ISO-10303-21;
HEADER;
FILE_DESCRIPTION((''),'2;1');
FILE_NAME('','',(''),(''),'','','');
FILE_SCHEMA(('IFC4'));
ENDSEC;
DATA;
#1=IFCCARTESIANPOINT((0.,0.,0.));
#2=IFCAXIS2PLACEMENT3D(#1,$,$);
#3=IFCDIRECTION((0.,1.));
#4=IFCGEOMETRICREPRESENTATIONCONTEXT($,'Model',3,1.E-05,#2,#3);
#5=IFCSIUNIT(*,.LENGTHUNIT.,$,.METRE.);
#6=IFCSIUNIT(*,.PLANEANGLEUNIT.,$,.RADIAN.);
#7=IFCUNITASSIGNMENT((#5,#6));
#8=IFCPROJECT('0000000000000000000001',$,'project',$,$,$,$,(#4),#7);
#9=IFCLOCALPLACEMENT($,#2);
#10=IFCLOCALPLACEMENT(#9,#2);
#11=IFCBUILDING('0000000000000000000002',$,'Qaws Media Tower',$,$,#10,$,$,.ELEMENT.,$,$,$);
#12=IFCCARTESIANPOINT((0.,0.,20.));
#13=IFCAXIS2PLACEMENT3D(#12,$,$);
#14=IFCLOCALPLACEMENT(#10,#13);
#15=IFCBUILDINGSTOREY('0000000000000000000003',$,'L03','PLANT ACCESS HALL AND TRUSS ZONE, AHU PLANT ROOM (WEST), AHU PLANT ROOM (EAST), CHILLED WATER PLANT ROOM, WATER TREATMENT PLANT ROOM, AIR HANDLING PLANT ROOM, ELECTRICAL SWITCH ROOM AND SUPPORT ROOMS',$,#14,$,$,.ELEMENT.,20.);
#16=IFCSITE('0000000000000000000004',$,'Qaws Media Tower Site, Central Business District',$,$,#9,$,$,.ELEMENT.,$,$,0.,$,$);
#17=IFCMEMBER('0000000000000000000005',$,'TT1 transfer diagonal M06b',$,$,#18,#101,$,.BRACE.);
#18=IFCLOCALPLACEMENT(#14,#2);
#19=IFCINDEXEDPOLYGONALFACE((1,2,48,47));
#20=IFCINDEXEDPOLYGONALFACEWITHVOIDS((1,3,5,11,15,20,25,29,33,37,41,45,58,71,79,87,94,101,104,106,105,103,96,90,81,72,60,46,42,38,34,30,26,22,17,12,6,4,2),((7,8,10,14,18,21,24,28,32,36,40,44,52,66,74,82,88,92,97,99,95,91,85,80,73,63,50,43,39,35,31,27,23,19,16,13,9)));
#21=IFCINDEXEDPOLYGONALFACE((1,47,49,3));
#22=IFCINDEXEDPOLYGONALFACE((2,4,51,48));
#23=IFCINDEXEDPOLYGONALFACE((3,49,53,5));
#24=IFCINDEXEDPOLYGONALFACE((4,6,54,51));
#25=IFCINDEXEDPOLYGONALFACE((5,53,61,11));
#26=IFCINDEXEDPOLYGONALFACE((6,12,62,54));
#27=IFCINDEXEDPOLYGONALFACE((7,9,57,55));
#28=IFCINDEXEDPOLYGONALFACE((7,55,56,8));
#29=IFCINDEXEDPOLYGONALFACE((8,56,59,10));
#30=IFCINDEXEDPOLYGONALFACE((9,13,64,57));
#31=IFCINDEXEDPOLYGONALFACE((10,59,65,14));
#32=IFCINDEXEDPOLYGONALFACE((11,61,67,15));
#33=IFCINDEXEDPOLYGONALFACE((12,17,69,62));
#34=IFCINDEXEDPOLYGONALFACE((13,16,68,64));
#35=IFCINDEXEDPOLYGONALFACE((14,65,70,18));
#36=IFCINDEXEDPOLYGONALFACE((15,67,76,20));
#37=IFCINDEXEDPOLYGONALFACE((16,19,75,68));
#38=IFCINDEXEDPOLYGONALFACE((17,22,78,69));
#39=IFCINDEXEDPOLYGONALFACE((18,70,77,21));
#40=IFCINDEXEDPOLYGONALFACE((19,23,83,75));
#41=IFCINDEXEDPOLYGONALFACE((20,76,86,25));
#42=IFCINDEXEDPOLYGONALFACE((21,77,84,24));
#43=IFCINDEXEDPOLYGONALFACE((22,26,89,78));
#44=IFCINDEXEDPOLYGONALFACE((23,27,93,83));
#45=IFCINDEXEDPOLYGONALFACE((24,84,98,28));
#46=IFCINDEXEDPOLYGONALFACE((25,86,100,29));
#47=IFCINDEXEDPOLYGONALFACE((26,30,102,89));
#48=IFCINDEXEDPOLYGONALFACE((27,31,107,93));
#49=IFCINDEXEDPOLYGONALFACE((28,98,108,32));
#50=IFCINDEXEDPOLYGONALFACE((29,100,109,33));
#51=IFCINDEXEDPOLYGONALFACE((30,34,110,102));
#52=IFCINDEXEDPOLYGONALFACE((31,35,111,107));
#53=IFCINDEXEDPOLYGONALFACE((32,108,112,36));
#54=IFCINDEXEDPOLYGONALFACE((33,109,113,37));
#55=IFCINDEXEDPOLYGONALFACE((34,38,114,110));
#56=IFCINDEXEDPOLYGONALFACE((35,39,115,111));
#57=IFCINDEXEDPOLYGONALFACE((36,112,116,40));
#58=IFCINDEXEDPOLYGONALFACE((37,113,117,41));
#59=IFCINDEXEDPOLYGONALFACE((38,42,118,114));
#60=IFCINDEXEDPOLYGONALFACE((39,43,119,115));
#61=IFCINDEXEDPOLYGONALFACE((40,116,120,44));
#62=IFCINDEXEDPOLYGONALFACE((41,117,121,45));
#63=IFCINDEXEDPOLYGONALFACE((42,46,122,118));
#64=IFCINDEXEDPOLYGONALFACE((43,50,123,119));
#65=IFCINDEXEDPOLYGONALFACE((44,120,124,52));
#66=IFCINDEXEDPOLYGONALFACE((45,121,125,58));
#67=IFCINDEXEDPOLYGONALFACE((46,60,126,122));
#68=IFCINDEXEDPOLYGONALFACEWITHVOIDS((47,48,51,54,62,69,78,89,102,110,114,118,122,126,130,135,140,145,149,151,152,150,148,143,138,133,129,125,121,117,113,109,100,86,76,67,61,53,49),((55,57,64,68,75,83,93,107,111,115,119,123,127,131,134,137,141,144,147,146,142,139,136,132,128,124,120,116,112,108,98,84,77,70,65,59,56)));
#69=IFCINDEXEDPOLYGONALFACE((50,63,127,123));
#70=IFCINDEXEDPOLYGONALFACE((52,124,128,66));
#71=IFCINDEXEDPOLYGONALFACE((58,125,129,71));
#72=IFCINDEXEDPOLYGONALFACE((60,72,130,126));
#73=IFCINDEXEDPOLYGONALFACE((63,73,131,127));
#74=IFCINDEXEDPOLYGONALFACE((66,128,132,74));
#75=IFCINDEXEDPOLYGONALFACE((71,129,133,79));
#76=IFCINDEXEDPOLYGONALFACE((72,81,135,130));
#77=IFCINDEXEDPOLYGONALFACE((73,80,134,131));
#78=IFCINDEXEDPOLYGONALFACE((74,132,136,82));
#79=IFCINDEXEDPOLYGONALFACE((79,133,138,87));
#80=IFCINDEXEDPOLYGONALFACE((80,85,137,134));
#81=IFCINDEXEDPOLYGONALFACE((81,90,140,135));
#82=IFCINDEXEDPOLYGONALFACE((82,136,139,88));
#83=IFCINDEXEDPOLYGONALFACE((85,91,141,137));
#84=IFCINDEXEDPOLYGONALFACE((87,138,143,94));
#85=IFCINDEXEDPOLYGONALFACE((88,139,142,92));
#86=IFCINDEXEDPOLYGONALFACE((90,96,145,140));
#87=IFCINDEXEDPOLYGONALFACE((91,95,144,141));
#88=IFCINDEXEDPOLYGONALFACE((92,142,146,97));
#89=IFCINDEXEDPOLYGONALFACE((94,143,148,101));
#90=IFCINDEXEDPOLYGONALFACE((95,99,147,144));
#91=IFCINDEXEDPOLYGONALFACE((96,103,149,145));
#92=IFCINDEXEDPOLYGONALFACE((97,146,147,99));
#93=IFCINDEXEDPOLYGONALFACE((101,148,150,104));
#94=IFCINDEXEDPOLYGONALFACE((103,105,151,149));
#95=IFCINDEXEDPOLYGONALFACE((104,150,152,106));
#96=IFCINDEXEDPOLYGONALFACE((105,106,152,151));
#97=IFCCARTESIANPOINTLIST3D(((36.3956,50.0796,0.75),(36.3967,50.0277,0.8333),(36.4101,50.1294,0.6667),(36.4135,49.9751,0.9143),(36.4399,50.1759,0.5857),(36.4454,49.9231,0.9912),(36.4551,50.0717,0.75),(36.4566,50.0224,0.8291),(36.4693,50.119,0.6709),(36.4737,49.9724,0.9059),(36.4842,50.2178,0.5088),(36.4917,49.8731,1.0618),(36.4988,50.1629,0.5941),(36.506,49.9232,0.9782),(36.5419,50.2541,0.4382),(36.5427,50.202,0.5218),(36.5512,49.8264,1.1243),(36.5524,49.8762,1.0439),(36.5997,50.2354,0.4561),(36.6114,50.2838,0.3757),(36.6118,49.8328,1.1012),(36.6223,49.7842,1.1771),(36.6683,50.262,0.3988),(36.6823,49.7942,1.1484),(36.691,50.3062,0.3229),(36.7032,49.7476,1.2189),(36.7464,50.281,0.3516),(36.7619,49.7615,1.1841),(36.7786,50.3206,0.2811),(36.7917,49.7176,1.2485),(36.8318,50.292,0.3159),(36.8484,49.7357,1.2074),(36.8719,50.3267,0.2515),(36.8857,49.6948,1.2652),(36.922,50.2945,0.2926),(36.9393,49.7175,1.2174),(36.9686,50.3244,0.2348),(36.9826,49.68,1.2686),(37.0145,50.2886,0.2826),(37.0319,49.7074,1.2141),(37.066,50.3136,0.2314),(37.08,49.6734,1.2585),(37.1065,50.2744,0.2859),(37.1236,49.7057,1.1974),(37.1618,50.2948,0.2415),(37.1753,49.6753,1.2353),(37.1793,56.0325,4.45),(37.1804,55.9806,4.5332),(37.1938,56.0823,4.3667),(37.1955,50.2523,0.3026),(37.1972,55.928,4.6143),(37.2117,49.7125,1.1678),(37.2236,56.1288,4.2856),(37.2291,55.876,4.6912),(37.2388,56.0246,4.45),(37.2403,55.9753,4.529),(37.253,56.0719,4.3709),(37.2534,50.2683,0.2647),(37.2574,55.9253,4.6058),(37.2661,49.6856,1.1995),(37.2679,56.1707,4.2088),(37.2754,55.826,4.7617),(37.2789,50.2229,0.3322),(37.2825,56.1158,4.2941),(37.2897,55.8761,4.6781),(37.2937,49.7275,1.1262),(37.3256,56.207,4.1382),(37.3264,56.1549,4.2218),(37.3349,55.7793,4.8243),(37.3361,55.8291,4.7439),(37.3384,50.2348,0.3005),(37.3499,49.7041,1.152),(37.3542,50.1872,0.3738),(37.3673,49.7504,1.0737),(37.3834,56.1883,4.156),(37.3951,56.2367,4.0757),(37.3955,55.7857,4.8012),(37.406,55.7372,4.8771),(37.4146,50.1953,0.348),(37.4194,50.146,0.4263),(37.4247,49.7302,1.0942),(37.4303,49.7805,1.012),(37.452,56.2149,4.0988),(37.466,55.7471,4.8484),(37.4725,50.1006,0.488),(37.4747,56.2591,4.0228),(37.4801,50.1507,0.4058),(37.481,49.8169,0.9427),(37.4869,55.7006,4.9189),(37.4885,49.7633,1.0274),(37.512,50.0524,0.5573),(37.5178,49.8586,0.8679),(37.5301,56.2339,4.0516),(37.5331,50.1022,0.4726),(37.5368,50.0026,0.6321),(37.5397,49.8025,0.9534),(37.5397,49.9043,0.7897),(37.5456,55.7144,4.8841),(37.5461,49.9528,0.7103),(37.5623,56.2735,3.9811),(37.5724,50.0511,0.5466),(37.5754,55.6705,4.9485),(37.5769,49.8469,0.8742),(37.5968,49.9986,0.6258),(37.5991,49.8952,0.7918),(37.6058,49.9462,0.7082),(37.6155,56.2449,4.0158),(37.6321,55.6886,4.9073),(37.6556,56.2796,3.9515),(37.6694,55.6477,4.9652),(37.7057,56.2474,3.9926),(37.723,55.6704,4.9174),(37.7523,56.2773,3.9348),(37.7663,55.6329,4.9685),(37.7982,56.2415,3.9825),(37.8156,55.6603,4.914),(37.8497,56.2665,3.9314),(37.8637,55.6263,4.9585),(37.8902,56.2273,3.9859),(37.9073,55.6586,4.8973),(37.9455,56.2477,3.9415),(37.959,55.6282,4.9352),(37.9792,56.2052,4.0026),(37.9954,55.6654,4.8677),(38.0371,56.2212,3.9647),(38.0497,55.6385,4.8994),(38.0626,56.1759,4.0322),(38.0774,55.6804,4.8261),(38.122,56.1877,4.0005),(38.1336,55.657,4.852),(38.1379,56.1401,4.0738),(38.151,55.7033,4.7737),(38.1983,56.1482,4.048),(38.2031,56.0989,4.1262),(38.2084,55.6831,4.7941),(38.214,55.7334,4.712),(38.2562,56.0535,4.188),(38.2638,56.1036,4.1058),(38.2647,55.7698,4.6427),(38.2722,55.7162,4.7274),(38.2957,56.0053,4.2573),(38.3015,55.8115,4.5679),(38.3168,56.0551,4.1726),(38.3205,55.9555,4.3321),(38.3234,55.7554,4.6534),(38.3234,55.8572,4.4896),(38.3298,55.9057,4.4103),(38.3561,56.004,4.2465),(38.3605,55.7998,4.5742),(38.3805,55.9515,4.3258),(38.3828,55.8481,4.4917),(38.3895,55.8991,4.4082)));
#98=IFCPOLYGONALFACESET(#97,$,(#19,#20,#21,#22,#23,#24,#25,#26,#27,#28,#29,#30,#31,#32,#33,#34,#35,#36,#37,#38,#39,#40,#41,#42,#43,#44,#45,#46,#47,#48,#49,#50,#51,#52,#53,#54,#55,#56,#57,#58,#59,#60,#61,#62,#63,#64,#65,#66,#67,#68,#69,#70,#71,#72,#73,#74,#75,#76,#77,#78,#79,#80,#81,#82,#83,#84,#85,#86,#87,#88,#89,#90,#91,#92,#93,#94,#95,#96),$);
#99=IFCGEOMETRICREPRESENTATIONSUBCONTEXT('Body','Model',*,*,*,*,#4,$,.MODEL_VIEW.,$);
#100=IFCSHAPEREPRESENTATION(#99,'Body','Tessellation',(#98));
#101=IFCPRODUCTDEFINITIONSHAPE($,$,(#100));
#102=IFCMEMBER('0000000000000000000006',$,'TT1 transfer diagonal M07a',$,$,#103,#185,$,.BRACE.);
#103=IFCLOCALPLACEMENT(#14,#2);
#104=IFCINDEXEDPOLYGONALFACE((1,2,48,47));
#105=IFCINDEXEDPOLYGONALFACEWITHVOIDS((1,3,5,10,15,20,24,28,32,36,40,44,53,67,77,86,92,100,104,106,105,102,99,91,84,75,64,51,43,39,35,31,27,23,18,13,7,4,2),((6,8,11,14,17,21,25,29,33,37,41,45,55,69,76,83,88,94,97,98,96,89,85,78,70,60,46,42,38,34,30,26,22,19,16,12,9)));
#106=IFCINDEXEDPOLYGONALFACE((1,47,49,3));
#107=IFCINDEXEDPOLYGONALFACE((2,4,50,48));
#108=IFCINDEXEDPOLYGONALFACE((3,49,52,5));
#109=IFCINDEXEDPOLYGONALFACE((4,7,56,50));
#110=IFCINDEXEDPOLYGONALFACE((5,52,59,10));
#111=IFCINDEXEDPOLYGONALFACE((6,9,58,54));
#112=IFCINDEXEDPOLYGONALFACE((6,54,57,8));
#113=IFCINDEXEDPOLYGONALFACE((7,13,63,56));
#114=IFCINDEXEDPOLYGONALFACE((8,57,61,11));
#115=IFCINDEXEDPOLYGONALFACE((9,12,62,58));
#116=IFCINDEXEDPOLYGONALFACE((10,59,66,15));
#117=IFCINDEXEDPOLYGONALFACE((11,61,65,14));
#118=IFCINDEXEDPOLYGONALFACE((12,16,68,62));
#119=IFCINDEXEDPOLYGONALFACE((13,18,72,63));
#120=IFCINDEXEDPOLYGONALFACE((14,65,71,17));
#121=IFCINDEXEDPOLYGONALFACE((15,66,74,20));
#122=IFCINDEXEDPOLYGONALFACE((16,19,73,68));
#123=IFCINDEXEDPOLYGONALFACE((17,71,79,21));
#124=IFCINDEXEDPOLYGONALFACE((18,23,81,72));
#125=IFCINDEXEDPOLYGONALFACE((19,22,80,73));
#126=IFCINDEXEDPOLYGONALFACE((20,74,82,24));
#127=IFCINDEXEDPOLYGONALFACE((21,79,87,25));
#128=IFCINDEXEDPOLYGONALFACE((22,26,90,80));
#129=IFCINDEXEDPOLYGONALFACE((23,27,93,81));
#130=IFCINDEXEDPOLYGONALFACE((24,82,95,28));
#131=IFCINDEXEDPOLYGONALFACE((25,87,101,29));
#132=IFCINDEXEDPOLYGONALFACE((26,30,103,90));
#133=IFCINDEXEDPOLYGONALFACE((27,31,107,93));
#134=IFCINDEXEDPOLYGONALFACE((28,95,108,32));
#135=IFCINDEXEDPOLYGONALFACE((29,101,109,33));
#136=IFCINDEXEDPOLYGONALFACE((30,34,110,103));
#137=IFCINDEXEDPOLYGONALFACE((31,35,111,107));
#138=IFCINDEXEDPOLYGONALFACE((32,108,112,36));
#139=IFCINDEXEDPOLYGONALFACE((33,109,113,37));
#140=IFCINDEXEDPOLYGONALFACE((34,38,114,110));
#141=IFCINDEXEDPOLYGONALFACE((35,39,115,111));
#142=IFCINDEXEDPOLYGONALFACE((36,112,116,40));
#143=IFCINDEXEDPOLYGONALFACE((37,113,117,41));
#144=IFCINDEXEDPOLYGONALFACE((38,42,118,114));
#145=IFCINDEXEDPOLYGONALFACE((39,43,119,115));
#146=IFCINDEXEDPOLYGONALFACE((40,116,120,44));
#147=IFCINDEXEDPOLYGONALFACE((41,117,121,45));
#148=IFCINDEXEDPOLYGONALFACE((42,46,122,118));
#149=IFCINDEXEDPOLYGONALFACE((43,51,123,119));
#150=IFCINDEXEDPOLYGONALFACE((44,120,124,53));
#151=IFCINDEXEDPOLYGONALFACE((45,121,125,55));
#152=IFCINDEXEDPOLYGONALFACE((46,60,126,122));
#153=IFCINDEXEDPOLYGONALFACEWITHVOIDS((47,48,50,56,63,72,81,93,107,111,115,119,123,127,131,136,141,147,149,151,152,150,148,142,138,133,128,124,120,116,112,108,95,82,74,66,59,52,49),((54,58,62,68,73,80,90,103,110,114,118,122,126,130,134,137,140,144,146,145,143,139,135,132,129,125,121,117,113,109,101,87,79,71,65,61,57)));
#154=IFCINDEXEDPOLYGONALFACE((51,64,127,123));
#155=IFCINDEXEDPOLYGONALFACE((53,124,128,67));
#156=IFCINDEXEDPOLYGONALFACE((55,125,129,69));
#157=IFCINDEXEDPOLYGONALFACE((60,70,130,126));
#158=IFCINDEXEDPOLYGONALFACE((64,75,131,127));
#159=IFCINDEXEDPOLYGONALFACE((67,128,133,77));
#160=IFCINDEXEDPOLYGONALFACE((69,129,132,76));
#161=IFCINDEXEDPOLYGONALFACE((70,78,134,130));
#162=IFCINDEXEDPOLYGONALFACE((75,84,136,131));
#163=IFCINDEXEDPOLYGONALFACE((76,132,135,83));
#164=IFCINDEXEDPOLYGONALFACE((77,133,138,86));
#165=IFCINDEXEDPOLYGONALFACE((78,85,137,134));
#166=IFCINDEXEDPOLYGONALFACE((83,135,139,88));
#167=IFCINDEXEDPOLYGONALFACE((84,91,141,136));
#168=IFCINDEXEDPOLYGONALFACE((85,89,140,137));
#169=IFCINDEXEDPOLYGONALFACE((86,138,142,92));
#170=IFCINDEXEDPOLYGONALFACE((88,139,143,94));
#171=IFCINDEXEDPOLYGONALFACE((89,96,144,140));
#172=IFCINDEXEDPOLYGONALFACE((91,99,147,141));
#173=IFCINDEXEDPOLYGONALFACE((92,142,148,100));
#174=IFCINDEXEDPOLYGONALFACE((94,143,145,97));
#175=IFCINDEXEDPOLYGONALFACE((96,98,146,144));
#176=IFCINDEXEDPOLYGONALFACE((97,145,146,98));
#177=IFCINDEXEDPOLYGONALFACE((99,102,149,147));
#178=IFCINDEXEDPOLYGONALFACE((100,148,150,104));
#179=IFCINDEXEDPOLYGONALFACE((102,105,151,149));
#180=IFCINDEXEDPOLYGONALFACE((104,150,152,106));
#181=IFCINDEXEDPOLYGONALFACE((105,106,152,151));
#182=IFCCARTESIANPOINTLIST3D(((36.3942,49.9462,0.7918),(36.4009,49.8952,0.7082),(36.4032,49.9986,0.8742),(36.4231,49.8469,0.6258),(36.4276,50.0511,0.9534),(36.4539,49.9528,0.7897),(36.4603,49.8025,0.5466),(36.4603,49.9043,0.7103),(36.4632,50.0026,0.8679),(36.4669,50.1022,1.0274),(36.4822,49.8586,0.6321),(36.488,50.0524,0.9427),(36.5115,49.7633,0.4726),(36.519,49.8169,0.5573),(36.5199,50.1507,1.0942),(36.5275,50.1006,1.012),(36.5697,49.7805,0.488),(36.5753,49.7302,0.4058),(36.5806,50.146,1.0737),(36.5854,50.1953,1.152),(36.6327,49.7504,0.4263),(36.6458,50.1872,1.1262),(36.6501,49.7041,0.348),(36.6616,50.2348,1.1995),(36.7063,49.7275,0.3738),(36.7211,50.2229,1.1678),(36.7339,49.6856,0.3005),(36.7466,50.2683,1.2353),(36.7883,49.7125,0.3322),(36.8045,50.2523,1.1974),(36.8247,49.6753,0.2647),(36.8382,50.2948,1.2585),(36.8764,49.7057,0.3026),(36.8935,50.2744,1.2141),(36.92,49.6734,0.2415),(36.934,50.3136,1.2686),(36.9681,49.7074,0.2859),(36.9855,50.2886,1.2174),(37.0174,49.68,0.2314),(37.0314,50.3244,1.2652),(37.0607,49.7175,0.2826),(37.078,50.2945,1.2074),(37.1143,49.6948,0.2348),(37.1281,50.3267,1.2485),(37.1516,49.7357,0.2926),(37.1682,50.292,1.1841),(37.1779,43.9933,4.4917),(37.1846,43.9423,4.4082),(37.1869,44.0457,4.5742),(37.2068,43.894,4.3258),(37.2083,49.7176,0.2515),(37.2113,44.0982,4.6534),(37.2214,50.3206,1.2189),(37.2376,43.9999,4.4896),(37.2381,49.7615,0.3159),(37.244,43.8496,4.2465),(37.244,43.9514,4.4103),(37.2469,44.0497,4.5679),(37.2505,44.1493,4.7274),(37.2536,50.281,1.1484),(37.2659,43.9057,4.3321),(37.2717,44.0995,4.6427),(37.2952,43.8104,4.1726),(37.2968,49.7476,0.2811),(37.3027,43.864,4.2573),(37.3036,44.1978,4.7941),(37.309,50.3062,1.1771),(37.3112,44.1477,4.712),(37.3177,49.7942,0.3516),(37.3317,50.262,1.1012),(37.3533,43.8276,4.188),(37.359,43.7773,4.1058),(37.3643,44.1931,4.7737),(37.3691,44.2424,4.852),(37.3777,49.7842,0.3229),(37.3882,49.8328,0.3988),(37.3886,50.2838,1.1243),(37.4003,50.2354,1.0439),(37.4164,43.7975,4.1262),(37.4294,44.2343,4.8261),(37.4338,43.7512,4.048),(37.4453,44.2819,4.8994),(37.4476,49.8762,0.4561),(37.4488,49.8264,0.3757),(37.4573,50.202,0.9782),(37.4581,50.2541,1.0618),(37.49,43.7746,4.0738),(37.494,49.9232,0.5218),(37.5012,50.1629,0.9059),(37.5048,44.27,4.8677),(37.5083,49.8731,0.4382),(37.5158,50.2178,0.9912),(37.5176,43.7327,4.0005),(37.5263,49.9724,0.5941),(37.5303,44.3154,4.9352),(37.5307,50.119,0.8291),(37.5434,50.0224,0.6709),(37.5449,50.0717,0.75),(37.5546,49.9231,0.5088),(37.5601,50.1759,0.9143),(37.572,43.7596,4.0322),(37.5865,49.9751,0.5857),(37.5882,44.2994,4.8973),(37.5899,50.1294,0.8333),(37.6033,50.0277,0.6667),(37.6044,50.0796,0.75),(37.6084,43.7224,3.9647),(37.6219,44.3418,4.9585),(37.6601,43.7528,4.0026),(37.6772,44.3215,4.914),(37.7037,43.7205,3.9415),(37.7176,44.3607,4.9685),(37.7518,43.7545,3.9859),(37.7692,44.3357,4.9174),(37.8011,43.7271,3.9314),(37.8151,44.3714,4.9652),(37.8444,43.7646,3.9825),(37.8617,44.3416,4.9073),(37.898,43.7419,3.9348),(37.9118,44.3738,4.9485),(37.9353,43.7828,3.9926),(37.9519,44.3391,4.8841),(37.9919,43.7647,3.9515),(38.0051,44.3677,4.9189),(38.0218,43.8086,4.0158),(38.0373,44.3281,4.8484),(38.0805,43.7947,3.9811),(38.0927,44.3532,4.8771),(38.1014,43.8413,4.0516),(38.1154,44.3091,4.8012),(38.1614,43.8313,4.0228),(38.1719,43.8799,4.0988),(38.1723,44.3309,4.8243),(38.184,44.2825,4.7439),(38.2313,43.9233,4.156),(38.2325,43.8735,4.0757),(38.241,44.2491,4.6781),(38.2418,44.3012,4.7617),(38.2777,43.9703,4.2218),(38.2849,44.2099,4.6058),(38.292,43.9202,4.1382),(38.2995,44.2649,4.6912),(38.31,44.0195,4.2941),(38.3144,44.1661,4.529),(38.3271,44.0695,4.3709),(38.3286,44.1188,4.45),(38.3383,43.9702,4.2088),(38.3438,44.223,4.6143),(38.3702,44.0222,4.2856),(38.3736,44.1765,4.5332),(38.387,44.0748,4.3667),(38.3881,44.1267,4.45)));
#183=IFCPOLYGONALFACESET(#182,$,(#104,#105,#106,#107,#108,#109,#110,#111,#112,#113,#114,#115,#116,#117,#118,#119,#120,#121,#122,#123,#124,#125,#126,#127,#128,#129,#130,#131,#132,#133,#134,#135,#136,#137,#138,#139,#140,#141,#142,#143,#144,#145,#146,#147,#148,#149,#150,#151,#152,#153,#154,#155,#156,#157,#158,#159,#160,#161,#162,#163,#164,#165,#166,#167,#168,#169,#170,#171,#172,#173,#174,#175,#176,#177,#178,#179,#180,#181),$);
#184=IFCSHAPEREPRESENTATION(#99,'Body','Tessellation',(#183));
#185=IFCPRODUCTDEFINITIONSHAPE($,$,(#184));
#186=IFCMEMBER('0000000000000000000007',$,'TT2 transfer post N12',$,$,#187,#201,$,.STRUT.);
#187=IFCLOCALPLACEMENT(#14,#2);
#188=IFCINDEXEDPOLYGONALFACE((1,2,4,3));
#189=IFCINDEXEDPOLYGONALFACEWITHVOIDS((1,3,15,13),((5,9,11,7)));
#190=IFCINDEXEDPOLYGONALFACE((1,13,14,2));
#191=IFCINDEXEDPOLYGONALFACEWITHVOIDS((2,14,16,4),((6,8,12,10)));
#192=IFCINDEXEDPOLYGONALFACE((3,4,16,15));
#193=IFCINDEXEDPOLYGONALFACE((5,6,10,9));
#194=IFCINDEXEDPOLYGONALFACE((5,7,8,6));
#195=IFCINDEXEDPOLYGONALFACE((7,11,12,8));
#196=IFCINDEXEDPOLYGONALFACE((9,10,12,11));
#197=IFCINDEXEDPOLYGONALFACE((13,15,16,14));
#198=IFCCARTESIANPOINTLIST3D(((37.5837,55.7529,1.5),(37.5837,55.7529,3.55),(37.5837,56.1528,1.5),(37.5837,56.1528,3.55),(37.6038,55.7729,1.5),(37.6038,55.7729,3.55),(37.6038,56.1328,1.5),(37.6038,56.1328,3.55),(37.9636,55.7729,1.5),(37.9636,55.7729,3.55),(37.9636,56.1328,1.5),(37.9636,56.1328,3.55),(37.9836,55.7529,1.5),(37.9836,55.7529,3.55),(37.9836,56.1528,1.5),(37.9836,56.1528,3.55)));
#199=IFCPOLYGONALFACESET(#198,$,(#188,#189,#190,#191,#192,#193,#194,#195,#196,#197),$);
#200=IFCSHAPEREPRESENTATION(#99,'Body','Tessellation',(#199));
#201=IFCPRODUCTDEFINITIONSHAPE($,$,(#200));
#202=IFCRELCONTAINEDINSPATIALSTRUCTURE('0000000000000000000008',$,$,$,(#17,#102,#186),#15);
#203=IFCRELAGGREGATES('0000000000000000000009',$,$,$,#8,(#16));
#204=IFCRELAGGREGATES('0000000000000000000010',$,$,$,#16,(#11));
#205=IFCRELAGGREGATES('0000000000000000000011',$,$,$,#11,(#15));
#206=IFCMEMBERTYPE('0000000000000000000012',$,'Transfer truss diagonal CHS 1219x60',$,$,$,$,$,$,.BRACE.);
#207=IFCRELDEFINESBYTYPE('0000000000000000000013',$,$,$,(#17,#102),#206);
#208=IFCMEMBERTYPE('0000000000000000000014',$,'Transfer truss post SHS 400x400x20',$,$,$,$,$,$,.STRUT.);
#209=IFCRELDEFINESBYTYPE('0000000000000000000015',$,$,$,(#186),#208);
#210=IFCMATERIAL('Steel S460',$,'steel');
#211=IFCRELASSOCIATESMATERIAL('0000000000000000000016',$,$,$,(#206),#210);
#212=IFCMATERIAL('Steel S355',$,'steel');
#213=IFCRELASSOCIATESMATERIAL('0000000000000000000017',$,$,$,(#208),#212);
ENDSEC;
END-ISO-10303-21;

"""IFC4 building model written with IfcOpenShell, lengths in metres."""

from ifc_helpers import new_model, si_unit, direction, frame, origin, origin_2d, place, context, subcontext, project, spatial, hollow_rectangle, hollow_circle, extrude, material, material_profile, profile_set, type_object, element, save


model = new_model("IFC4")

# Units and contexts
model_context = context("Model", 3, precision=1e-05, world=origin(), true_north=direction((0.0, 1.0)))
body_context = subcontext(model_context, "Body", "Model", "MODEL_VIEW")
ifc_project = project(units=[si_unit("LENGTHUNIT", "METRE"), si_unit("PLANEANGLEUNIT", "RADIAN")], contexts=[model_context])

# Site, building, storey
site_placement = place(None, origin())
site = spatial("IfcSite", under=ifc_project, at=site_placement, Name="Qaws Media Tower Site, Central Business District", CompositionType="ELEMENT", RefElevation=0.0)
building_placement = place(site_placement, origin())
building = spatial("IfcBuilding", under=site, at=building_placement, Name="Qaws Media Tower", CompositionType="ELEMENT")
storey_placement = place(building_placement, frame((0.0, 0.0, 20.0)))
storey = spatial("IfcBuildingStorey", under=building, at=storey_placement, Name="L03", Description="PLANT ACCESS HALL AND TRUSS ZONE, AHU PLANT ROOM (WEST), AHU PLANT ROOM (EAST), CHILLED WATER PLANT ROOM, WATER TREATMENT PLANT ROOM, AIR HANDLING PLANT ROOM, ELECTRICAL SWITCH ROOM AND SUPPORT ROOMS", CompositionType="ELEMENT", Elevation=20.0)

# Members
ifc_material_1 = material(Name="Steel S460", Category="steel")
ifc_material_profile_1 = material_profile(ifc_material_1, hollow_circle(Radius=0.6096, WallThickness=0.0601, at=origin_2d()), Name="CHS 1219x60")
ifc_profile_set_1 = profile_set([ifc_material_profile_1], Name="Steel S460")
member_type_1 = type_object("IfcMemberType", Name="Transfer truss diagonal CHS 1219x60", PredefinedType="BRACE", material=ifc_profile_set_1)
for number, where, z_axis, x_axis, name in (
    (1, (37.0, 50.0, 0.75), (0.111119, 0.844057, 0.524615), (-0.991445, 0.130523, 0.0), "TT1 transfer diagonal M06b"),
    (2, (37.0, 50.0, 0.75), (0.111119, -0.844057, 0.524615), (0.991445, 0.130523, 0.0), "TT1 transfer diagonal M07a"),
):
    element("IfcMember", number, at=place(storey_placement, frame(where, z_axis=z_axis, x_axis=x_axis)), inside=storey, type_object=member_type_1, Name=name, PredefinedType="BRACE", context=body_context, shape_type="SweptSolid", body=[
        extrude(hollow_circle(Radius=0.6096, WallThickness=0.0601, at=origin_2d()), origin(), (0.0, 0.0, 1.0), 7.0527),
    ])
ifc_material_2 = material(Name="Steel S355", Category="steel")
ifc_material_profile_2 = material_profile(ifc_material_2, hollow_rectangle(XDim=0.3999, YDim=0.3999, WallThickness=0.02, at=origin_2d()), Name="SHS 400x400x20")
ifc_profile_set_2 = profile_set([ifc_material_profile_2], Name="Steel S355")
member_type_2 = type_object("IfcMemberType", Name="Transfer truss post SHS 400x400x20", PredefinedType="STRUT", material=ifc_profile_set_2)
for number, where, z_axis, x_axis, name in (
    (3, (37.7837, 55.9529, 1.5), (0.0, 0.0, 1.0), (1.0, 0.0, 0.0), "TT2 transfer post N12"),
):
    element("IfcMember", number, at=place(storey_placement, frame(where, z_axis=z_axis, x_axis=x_axis)), inside=storey, type_object=member_type_2, Name=name, PredefinedType="STRUT", context=body_context, shape_type="SweptSolid", body=[
        extrude(hollow_rectangle(XDim=0.3999, YDim=0.3999, WallThickness=0.02, at=origin_2d()), origin(), (0.0, 0.0, 1.0), 2.05),
    ])

save(model, "model.ifc")
